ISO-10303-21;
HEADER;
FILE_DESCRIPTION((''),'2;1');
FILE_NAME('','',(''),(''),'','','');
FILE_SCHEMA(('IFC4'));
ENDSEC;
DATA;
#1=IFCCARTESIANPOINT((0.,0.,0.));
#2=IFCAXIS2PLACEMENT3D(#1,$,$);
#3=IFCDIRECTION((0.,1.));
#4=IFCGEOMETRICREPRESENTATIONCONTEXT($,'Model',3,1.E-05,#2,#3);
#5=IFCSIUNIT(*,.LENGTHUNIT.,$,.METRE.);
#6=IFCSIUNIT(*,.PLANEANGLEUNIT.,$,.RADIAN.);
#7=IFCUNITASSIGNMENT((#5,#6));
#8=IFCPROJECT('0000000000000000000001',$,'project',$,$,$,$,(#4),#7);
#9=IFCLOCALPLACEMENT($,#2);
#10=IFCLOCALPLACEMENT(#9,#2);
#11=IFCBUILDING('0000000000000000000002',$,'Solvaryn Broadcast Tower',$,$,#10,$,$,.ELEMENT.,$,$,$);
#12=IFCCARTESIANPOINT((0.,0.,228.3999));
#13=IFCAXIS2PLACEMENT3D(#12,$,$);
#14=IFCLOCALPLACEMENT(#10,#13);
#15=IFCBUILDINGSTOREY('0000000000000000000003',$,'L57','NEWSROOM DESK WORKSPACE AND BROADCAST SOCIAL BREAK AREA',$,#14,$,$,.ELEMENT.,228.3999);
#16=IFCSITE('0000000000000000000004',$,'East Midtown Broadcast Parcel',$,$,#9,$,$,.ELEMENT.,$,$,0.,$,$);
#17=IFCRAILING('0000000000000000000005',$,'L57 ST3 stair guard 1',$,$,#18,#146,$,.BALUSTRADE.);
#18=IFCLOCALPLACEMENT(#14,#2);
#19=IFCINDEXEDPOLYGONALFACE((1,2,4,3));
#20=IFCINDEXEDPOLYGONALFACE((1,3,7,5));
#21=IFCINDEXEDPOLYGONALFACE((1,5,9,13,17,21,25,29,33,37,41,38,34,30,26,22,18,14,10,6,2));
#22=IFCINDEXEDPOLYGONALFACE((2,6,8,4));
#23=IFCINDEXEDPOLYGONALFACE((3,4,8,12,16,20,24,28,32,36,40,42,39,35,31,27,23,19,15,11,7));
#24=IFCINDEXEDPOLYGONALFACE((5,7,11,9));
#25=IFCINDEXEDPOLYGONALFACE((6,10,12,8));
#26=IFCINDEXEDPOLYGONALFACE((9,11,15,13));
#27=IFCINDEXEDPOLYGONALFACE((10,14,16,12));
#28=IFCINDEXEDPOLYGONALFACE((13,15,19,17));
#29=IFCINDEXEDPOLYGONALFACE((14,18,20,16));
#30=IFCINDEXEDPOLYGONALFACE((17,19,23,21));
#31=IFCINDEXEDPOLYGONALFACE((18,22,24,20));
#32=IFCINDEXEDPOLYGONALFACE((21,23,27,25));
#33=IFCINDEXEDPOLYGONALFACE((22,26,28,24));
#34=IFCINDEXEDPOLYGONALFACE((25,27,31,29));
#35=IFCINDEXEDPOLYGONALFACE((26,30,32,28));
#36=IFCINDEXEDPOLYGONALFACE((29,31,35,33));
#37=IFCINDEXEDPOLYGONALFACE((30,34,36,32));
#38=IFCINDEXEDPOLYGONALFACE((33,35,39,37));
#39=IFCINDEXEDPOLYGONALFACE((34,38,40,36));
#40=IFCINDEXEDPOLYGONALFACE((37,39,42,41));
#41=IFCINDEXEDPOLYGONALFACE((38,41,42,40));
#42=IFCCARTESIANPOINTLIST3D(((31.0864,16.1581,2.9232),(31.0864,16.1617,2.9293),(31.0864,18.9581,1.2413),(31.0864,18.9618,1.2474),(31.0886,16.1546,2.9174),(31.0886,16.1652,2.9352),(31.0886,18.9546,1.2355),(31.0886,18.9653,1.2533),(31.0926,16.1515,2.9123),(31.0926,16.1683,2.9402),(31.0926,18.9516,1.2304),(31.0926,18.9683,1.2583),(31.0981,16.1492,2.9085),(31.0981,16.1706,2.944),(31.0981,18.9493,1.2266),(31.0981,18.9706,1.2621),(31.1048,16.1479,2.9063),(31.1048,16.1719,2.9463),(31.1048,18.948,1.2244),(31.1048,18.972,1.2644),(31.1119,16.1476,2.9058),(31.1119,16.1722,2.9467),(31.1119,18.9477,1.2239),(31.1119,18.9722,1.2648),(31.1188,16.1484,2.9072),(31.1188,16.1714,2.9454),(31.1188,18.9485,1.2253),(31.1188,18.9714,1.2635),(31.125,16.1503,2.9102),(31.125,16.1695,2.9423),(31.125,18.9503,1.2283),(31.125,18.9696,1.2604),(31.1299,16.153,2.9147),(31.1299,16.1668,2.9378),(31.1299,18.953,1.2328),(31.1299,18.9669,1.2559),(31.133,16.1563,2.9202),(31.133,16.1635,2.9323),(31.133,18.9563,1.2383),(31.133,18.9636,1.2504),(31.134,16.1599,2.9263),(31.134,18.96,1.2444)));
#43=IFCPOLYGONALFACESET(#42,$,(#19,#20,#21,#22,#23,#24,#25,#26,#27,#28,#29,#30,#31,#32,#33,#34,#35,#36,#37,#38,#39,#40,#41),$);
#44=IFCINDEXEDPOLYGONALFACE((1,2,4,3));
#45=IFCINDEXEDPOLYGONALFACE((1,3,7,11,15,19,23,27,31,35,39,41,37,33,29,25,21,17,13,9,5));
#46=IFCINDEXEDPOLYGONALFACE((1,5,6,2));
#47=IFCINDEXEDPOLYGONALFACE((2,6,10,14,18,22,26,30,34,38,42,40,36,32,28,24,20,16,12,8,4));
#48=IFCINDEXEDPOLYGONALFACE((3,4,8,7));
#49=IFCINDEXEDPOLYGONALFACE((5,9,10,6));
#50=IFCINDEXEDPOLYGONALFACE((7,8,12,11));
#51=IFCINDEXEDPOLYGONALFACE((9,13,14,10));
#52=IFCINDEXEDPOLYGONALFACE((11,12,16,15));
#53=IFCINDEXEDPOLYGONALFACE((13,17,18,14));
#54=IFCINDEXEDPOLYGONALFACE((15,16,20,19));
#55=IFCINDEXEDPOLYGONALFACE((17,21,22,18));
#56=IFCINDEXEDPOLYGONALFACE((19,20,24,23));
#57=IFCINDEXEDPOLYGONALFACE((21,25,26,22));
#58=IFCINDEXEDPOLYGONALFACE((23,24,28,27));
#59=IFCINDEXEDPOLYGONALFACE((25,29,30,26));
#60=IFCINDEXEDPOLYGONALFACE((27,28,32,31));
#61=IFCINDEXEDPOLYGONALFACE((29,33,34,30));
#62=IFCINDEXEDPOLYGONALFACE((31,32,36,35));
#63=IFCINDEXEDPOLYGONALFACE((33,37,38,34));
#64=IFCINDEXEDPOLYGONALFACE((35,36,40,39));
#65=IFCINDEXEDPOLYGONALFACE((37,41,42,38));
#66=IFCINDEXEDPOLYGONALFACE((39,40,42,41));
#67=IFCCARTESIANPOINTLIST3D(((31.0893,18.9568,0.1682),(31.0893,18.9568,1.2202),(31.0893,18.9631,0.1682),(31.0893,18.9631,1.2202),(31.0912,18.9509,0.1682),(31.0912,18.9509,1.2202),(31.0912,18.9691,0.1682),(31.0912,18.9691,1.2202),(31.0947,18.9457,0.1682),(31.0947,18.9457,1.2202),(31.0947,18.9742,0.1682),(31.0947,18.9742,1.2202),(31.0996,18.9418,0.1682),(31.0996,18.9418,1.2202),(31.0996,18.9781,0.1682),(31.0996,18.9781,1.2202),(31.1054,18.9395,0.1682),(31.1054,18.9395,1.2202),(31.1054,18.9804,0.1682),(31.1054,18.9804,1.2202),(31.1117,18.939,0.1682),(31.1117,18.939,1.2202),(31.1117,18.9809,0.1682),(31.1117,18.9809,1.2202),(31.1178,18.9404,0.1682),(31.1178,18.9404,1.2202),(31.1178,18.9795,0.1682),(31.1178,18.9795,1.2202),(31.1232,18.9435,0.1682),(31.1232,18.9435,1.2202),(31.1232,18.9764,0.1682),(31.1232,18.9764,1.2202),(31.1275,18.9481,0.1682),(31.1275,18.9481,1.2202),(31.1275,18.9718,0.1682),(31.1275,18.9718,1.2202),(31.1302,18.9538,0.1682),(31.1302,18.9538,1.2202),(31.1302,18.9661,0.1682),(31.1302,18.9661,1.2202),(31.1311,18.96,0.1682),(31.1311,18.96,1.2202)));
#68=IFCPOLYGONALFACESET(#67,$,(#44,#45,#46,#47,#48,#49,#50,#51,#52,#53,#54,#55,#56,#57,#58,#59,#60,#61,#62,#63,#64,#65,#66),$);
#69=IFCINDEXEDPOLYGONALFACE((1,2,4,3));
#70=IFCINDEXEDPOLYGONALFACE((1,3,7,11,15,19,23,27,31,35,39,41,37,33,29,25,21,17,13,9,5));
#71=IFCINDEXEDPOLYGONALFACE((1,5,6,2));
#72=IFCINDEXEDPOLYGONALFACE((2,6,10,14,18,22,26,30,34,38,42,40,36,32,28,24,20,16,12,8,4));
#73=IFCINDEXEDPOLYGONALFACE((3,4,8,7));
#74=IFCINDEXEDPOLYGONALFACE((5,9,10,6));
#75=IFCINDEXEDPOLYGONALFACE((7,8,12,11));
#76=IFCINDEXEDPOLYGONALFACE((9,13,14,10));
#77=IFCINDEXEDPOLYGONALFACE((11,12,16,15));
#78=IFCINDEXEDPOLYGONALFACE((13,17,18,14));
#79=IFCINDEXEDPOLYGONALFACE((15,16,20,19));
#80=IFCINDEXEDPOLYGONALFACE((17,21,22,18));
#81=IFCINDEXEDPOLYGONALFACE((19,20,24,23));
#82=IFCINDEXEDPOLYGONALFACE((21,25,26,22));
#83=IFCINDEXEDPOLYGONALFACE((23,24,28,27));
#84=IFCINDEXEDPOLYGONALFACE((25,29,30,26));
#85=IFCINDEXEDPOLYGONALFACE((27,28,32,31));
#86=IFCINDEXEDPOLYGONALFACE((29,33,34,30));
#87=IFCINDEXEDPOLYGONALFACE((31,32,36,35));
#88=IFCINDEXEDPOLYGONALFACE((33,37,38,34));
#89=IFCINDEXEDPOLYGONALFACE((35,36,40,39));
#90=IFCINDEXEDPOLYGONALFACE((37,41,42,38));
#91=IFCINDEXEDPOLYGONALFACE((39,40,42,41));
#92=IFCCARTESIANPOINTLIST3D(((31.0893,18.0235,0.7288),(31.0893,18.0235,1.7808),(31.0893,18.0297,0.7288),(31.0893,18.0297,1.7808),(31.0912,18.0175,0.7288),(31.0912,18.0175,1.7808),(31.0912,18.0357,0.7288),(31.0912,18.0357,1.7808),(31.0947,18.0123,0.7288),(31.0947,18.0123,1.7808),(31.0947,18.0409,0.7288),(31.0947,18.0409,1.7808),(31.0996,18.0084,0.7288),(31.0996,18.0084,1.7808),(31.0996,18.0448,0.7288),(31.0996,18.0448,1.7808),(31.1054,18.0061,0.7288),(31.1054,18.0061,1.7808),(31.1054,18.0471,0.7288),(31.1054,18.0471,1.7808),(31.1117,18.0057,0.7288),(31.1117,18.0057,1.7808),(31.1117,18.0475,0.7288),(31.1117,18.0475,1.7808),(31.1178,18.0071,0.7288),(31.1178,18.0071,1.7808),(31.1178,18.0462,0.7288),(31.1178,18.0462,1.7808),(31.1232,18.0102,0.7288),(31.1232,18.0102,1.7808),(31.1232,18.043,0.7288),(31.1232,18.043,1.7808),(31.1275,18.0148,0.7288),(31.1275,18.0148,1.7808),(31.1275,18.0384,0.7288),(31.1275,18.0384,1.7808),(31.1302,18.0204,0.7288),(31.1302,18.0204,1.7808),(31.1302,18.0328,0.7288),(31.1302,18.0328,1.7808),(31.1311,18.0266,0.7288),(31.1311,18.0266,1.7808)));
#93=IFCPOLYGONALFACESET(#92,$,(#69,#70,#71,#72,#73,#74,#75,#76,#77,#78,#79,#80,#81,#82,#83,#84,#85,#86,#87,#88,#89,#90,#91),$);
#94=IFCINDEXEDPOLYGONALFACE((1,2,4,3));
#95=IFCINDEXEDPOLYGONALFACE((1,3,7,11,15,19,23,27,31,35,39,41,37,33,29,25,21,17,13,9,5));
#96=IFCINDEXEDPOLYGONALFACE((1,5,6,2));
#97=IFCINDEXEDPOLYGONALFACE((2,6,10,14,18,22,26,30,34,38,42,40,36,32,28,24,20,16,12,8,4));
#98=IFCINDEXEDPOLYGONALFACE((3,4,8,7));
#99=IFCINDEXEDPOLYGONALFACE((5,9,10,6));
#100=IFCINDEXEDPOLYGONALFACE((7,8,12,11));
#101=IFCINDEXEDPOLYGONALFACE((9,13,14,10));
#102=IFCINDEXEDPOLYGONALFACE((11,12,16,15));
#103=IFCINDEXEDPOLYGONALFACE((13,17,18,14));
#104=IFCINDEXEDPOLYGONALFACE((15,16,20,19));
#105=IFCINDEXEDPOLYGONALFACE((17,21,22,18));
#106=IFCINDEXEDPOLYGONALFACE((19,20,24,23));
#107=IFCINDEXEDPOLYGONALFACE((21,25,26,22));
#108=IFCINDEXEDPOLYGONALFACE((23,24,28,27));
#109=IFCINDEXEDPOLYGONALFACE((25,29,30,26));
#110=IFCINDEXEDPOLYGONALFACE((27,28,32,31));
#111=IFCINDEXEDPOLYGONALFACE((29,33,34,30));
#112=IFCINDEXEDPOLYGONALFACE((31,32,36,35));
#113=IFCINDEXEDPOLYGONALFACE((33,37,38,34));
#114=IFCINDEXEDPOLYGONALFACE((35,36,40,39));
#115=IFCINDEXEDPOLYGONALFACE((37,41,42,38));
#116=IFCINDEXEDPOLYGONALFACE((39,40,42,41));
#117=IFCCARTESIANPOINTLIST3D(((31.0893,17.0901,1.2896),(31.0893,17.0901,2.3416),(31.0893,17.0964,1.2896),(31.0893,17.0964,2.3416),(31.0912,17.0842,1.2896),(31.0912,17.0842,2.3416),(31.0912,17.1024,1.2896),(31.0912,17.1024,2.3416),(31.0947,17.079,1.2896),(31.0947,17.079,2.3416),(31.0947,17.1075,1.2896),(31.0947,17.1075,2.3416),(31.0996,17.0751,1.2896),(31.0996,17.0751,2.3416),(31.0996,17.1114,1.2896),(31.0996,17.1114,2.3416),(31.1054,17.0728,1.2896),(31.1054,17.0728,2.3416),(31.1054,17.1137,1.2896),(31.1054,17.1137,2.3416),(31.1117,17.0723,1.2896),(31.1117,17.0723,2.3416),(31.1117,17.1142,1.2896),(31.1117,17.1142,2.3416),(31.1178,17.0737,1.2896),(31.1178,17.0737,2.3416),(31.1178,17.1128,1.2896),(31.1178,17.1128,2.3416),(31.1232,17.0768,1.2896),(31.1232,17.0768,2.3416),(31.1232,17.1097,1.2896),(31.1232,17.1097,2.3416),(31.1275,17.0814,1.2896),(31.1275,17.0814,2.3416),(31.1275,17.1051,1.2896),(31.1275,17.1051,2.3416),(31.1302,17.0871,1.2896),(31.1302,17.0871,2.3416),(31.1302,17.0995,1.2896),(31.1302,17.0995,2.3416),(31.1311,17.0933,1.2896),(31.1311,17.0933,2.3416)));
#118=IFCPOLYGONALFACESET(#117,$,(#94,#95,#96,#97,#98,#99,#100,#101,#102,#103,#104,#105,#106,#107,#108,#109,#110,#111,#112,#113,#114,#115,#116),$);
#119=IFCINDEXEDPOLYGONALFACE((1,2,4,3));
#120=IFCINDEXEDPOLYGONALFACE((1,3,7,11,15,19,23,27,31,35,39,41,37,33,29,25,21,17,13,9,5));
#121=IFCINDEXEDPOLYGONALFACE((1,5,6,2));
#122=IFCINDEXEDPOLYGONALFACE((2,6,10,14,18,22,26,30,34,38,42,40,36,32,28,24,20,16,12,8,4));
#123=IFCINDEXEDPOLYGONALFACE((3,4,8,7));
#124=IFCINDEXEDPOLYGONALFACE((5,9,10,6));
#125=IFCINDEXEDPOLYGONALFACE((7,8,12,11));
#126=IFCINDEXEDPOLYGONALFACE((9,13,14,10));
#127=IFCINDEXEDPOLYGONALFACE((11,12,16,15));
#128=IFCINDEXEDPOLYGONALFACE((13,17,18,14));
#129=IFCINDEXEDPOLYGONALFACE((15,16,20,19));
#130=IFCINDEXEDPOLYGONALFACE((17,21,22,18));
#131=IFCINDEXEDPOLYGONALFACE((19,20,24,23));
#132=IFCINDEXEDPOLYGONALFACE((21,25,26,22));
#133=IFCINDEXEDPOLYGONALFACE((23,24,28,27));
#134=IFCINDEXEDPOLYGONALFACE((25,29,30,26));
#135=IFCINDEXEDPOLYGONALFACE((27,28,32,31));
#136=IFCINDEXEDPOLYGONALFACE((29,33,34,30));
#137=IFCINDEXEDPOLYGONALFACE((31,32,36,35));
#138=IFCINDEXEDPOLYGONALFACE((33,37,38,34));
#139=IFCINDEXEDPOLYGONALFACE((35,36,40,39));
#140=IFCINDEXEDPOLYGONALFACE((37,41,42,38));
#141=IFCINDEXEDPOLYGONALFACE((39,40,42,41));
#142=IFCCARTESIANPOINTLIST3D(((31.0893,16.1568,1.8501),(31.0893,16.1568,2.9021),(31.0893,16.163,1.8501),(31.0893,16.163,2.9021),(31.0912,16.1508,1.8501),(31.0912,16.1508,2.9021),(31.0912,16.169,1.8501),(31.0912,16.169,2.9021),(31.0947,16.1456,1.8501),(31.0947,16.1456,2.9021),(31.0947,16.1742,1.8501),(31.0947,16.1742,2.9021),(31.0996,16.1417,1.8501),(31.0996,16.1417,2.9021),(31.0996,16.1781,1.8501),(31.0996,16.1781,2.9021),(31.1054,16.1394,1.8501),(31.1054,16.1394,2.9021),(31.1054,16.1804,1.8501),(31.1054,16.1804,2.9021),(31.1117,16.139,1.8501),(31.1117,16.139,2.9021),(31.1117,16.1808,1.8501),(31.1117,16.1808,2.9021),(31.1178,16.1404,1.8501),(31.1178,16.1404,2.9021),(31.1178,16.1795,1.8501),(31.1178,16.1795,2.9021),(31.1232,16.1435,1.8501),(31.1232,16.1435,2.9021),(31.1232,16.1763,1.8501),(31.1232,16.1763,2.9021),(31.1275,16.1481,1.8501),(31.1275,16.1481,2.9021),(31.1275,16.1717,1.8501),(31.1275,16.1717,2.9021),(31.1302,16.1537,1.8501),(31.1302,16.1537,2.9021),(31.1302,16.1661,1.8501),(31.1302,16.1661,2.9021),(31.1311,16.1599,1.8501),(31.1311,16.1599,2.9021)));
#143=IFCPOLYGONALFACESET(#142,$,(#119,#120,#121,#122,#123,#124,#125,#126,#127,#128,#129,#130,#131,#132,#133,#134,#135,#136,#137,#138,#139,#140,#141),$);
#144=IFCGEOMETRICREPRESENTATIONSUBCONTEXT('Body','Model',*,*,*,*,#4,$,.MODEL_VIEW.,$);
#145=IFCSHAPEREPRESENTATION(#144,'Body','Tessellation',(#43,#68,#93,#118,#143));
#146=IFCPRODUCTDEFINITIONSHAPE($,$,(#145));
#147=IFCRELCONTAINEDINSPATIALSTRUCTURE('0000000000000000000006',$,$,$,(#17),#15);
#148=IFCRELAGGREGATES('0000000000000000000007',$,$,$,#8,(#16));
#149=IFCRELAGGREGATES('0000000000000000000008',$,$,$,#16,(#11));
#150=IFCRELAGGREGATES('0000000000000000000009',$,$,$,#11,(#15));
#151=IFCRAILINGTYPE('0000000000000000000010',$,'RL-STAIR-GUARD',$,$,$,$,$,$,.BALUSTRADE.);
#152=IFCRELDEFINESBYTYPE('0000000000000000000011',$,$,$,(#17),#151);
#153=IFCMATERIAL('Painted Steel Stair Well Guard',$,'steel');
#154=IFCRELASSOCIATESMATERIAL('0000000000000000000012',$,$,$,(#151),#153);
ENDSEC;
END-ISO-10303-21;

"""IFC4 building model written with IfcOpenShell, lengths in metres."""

from ifc_helpers import new_model, si_unit, direction, frame, origin, origin_2d, place, context, subcontext, project, spatial, circle, extrude, material, type_object, element, save


model = new_model("IFC4")

# Units and contexts
model_context = context("Model", 3, precision=1e-05, world=origin(), true_north=direction((0.0, 1.0)))
body_context = subcontext(model_context, "Body", "Model", "MODEL_VIEW")
ifc_project = project(units=[si_unit("LENGTHUNIT", "METRE"), si_unit("PLANEANGLEUNIT", "RADIAN")], contexts=[model_context])

# Site, building, storey
site_placement = place(None, origin())
site = spatial("IfcSite", under=ifc_project, at=site_placement, Name="East Midtown Broadcast Parcel", CompositionType="ELEMENT", RefElevation=0.0)
building_placement = place(site_placement, origin())
building = spatial("IfcBuilding", under=site, at=building_placement, Name="Solvaryn Broadcast Tower", CompositionType="ELEMENT")
storey_placement = place(building_placement, frame((0.0, 0.0, 228.3999)))
storey = spatial("IfcBuildingStorey", under=building, at=storey_placement, Name="L57", Description="NEWSROOM DESK WORKSPACE AND BROADCAST SOCIAL BREAK AREA", CompositionType="ELEMENT", Elevation=228.3999)

# Railing
ifc_material_1 = material(Name="Painted Steel Stair Well Guard", Category="steel")
railing_type_1 = type_object("IfcRailingType", Name="RL-STAIR-GUARD", PredefinedType="BALUSTRADE", material=ifc_material_1)
railing_1_placement = place(storey_placement, frame((31.1101, 18.96, 0.1682)))
element("IfcRailing", 1, at=railing_1_placement, inside=storey, type_object=railing_type_1, Name="L57 ST3 stair guard 1", PredefinedType="BALUSTRADE", context=body_context, shape_type="SweptSolid", body=[
    extrude(circle(Radius=0.0239, at=origin_2d()), frame((0.0, 0.0, 1.0762), z_axis=(0.0, -0.857242, 0.514913), x_axis=(1.0, 0.0, 0.0)), (0.0, 0.0, 1.0), 3.2664),
    extrude(circle(Radius=0.021, at=origin_2d()), origin(), (0.0, 0.0, 1.0), 1.052),
    extrude(circle(Radius=0.021, at=origin_2d()), frame((0.0, -0.9333, 0.5605)), (0.0, 0.0, 1.0), 1.052),
    extrude(circle(Radius=0.021, at=origin_2d()), frame((0.0, -1.8667, 1.1213)), (0.0, 0.0, 1.0), 1.052),
    extrude(circle(Radius=0.021, at=origin_2d()), frame((0.0, -2.8, 1.6819)), (0.0, 0.0, 1.0), 1.052),
])

save(model, "model.ifc")
